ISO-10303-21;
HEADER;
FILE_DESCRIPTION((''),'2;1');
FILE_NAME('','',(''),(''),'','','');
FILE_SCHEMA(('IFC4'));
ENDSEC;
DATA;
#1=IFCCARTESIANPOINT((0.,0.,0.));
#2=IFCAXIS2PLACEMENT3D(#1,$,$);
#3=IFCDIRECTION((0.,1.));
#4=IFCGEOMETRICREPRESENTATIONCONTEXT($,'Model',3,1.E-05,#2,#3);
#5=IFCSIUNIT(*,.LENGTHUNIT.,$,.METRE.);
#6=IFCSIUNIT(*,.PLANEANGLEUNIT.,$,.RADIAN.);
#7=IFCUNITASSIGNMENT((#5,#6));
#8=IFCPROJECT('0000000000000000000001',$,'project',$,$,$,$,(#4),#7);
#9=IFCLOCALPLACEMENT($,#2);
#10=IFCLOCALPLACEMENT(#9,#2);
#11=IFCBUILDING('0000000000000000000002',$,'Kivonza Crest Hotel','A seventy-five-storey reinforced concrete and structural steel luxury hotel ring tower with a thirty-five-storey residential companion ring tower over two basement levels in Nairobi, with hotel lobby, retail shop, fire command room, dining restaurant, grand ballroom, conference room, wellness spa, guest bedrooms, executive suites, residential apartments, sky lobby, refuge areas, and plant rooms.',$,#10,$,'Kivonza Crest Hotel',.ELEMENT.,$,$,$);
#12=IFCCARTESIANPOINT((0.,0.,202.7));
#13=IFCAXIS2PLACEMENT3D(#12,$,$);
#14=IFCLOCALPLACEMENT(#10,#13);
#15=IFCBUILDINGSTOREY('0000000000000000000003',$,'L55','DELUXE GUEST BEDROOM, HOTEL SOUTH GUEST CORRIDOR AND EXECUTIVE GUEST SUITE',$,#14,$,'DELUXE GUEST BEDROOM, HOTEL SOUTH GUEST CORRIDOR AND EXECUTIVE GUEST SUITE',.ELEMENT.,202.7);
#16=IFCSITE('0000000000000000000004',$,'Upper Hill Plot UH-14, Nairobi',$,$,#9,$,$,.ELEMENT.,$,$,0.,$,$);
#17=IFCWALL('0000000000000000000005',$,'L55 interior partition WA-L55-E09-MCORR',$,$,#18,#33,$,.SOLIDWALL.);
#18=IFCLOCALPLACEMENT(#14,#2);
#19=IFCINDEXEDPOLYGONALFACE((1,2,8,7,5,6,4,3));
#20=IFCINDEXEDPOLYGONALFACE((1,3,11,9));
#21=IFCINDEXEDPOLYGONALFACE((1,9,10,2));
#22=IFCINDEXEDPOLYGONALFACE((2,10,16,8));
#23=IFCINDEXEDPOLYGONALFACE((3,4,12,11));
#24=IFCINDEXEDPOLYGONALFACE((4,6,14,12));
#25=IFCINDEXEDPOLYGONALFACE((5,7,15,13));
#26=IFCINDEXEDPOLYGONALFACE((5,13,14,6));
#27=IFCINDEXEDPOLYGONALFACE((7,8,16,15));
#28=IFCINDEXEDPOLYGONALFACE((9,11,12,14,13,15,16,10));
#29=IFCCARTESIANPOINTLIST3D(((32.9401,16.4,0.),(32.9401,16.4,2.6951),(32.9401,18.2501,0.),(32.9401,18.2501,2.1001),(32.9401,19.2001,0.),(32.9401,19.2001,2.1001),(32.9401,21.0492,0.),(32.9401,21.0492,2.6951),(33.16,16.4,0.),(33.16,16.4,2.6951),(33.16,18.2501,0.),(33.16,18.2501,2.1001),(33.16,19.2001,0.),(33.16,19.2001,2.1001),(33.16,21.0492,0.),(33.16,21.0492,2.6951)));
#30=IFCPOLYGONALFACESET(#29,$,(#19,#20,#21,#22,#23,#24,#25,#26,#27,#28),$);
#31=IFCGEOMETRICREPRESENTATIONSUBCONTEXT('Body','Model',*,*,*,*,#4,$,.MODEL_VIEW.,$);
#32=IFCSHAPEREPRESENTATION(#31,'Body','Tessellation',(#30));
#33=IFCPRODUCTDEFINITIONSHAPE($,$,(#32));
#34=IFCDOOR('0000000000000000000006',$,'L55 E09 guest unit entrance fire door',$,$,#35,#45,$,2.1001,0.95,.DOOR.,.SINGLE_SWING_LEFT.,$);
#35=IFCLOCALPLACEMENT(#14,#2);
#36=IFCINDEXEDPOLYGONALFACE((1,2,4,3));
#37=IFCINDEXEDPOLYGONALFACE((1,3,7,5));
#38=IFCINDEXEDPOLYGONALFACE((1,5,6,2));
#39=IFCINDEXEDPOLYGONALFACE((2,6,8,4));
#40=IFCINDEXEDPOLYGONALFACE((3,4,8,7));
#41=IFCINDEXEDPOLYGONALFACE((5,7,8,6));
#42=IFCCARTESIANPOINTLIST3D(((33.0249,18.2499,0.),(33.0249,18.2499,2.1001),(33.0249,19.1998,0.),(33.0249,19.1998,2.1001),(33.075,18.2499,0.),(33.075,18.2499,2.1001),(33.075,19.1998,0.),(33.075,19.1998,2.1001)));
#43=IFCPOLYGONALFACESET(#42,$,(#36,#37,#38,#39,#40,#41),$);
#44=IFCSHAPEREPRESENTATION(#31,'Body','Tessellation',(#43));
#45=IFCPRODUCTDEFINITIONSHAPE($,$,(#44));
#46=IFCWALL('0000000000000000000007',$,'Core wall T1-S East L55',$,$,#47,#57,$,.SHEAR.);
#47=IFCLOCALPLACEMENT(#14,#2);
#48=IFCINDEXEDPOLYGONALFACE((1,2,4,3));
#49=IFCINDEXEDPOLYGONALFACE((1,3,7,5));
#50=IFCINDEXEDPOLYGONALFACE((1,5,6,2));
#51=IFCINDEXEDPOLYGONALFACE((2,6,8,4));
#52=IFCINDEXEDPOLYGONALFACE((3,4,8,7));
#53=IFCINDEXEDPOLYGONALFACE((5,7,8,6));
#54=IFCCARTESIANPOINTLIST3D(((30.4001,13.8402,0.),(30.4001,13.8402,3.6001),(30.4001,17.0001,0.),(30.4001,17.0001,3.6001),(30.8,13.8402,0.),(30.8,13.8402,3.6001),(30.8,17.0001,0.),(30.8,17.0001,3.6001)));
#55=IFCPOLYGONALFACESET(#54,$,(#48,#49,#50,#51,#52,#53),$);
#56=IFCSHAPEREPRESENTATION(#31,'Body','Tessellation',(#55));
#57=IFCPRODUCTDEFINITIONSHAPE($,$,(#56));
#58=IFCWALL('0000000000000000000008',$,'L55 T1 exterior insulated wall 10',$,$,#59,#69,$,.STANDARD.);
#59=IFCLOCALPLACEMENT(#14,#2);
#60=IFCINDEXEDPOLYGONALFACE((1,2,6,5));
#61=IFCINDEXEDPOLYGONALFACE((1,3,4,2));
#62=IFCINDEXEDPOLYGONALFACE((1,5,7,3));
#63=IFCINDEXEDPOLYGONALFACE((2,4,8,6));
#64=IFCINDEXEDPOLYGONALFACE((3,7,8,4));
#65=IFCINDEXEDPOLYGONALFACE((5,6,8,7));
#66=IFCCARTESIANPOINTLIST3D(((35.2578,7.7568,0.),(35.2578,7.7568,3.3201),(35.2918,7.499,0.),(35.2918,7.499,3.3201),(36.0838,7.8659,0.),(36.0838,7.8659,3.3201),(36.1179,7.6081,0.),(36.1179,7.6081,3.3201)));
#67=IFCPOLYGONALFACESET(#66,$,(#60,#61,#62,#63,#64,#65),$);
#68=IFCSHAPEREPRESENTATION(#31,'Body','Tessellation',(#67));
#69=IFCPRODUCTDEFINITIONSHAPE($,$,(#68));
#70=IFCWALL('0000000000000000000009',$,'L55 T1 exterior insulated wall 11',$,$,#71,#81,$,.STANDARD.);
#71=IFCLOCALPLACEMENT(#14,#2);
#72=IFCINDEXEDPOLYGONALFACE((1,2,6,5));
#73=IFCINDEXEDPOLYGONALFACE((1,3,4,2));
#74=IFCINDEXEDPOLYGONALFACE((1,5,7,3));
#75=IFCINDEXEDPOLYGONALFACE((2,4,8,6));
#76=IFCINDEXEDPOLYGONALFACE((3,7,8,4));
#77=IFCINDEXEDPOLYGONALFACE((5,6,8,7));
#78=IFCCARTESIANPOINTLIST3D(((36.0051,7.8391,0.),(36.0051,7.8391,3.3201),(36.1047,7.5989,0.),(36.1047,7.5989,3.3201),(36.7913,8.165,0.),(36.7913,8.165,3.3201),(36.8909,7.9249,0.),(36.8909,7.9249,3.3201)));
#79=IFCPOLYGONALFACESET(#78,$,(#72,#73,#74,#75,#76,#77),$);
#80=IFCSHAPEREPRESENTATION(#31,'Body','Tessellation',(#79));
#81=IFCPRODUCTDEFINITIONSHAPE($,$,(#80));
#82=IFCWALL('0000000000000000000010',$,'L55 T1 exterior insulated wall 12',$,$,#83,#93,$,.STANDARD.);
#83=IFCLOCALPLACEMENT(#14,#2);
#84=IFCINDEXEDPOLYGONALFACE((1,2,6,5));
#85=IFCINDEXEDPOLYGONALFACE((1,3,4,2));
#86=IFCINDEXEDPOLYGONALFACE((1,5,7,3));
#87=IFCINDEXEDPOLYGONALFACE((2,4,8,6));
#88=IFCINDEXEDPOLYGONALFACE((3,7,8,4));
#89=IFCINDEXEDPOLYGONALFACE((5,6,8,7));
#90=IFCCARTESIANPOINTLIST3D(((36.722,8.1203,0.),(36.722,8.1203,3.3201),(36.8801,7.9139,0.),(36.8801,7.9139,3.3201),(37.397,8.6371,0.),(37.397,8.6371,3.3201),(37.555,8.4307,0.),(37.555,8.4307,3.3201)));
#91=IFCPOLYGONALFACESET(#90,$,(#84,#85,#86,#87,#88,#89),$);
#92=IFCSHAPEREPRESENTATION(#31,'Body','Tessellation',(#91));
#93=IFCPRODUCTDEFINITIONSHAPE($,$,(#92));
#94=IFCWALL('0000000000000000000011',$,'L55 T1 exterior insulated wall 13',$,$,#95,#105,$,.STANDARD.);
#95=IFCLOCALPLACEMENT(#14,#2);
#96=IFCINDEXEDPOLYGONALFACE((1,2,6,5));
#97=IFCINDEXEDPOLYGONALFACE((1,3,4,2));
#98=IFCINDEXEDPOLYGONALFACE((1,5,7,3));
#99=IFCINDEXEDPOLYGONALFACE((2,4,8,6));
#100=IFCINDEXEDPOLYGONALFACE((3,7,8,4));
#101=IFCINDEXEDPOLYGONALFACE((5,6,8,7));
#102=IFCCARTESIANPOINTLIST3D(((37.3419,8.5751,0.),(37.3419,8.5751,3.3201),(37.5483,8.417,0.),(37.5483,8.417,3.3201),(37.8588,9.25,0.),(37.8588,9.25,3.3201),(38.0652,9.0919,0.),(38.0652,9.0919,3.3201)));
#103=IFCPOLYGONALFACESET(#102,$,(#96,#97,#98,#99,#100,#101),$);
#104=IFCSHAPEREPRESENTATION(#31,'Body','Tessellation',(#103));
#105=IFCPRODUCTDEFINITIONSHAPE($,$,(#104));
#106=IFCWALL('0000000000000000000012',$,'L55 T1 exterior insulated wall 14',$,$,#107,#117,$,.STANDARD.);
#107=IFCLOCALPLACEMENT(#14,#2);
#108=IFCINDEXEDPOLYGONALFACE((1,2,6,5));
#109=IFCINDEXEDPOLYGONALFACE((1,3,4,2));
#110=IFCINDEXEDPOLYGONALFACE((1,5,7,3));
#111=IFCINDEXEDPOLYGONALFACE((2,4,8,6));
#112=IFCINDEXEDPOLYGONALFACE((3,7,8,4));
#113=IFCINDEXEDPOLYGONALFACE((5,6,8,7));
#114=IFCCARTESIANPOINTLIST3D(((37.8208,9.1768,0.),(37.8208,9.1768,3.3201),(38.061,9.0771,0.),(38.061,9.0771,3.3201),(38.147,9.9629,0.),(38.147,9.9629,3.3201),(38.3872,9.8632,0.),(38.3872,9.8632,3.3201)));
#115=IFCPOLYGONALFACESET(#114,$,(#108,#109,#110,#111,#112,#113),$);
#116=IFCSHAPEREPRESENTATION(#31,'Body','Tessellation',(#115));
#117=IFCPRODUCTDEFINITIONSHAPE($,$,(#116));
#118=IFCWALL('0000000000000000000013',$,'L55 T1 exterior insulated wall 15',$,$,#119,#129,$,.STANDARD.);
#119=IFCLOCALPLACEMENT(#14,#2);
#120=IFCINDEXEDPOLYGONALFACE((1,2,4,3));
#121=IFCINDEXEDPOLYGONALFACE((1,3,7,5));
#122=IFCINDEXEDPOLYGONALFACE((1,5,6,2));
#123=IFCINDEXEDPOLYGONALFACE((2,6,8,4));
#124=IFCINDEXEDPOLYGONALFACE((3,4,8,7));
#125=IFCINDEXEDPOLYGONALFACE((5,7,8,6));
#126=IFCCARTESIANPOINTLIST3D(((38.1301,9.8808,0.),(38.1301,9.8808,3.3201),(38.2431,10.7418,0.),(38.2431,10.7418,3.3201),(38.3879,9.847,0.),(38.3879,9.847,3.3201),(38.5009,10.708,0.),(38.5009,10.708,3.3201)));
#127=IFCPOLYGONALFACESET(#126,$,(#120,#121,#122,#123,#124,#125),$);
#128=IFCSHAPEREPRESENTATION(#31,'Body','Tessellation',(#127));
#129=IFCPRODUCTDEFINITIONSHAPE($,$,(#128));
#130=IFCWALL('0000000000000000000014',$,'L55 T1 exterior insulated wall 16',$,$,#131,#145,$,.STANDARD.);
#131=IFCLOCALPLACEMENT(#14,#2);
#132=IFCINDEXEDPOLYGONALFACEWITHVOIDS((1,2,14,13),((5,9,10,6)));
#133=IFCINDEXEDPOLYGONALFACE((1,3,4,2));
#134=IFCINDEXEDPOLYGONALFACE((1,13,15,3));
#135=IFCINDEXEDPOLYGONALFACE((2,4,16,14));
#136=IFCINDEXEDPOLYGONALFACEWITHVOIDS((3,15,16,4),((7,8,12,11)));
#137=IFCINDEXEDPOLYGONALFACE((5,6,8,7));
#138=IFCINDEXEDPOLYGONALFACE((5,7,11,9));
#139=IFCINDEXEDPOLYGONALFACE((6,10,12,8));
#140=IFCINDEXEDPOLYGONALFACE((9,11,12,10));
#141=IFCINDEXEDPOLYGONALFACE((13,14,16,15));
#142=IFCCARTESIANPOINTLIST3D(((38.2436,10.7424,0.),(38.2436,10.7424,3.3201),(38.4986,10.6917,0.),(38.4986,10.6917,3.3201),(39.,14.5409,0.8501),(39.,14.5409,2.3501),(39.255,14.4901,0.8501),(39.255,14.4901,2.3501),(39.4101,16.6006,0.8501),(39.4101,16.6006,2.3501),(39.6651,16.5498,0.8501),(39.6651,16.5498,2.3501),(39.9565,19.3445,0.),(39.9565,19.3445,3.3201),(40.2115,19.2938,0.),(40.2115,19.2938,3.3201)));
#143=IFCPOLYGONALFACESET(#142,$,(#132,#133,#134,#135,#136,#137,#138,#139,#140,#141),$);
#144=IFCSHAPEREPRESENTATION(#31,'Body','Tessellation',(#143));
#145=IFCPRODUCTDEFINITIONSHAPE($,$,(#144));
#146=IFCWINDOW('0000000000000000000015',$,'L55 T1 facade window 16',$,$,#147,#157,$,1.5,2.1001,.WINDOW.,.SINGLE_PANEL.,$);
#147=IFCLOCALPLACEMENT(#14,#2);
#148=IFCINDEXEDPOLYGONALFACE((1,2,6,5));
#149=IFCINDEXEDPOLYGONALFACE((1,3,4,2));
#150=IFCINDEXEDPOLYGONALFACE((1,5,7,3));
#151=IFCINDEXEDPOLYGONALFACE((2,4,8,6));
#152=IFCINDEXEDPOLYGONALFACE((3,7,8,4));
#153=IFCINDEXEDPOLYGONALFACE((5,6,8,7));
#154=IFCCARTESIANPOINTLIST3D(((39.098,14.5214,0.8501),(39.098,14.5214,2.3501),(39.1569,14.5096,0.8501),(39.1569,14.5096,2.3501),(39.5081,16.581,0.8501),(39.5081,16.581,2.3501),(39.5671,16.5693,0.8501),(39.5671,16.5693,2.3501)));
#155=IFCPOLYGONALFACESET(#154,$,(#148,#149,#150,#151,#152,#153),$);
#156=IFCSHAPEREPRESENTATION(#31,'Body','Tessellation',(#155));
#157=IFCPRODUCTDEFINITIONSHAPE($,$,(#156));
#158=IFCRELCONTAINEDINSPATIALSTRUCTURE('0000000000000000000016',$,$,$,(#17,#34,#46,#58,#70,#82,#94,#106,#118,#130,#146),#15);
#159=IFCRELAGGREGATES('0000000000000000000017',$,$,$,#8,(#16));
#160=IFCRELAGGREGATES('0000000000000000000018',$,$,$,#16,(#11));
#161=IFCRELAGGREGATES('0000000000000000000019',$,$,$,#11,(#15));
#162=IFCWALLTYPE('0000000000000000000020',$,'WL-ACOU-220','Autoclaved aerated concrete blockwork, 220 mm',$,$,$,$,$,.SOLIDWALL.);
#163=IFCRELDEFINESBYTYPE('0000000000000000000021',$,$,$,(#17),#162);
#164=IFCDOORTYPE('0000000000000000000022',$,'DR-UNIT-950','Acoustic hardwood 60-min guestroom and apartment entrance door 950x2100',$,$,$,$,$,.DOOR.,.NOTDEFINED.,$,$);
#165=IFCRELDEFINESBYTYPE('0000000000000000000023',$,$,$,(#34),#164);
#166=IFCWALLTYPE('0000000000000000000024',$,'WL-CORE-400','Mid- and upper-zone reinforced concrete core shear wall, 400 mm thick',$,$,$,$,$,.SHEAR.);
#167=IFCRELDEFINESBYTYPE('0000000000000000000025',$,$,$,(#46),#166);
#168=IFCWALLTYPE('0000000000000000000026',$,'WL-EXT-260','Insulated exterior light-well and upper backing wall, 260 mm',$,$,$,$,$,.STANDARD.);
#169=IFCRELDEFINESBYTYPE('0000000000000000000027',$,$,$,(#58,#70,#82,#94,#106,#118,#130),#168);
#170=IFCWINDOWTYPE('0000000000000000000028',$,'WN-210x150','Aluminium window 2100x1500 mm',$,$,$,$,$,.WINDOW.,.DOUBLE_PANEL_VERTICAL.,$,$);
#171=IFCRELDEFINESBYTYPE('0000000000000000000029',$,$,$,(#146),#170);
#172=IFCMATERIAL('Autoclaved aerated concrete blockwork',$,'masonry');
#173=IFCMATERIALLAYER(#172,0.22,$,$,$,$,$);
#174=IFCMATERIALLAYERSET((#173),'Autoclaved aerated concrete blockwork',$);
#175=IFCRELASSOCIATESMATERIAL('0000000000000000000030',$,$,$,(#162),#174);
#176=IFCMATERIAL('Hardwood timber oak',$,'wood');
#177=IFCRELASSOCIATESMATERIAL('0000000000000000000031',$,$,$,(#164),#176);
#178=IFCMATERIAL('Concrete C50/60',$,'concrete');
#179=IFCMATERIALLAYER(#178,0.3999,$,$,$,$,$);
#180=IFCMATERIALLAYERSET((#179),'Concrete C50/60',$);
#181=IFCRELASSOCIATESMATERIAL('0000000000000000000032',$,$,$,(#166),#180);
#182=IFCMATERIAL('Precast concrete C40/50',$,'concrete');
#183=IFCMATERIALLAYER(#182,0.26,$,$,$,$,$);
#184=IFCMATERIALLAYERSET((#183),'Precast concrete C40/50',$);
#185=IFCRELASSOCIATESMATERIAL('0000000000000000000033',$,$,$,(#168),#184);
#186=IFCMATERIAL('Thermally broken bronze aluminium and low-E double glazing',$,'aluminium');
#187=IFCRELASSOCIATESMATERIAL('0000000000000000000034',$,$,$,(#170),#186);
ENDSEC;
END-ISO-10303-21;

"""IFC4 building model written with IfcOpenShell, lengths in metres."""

from ifc_helpers import new_model, si_unit, direction, frame, frame_2d, origin, place, context, subcontext, project, spatial, rectangle, extrude, material, layer, layer_set, type_object, element, fill, save


model = new_model("IFC4")

# Units and contexts
model_context = context("Model", 3, precision=1e-05, world=origin(), true_north=direction((0.0, 1.0)))
body_context = subcontext(model_context, "Body", "Model", "MODEL_VIEW")
ifc_project = project(units=[si_unit("LENGTHUNIT", "METRE"), si_unit("PLANEANGLEUNIT", "RADIAN")], contexts=[model_context])

# Site, building, storey
site_placement = place(None, origin())
site = spatial("IfcSite", under=ifc_project, at=site_placement, Name="Upper Hill Plot UH-14, Nairobi", CompositionType="ELEMENT", RefElevation=0.0)
building_placement = place(site_placement, origin())
building = spatial("IfcBuilding", under=site, at=building_placement, Name="Kivonza Crest Hotel", Description="A seventy-five-storey reinforced concrete and structural steel luxury hotel ring tower with a thirty-five-storey residential companion ring tower over two basement levels in Nairobi, with hotel lobby, retail shop, fire command room, dining restaurant, grand ballroom, conference room, wellness spa, guest bedrooms, executive suites, residential apartments, sky lobby, refuge areas, and plant rooms.", LongName="Kivonza Crest Hotel", CompositionType="ELEMENT")
storey_placement = place(building_placement, frame((0.0, 0.0, 202.7)))
storey = spatial("IfcBuildingStorey", under=building, at=storey_placement, Name="L55", Description="DELUXE GUEST BEDROOM, HOTEL SOUTH GUEST CORRIDOR AND EXECUTIVE GUEST SUITE", LongName="DELUXE GUEST BEDROOM, HOTEL SOUTH GUEST CORRIDOR AND EXECUTIVE GUEST SUITE", CompositionType="ELEMENT", Elevation=202.7)

# Shared definitions
ifc_material_1 = material(Name="Concrete C50/60", Category="concrete")

# Shared definitions
ifc_material_2 = material(Name="Autoclaved aerated concrete blockwork", Category="masonry")
ifc_layer_1 = layer(ifc_material_2, 0.22)
ifc_layer_set_1 = layer_set([ifc_layer_1], Name="Autoclaved aerated concrete blockwork")
wall_type_1 = type_object("IfcWallType", Name="WL-ACOU-220", Description="Autoclaved aerated concrete blockwork, 220 mm", PredefinedType="SOLIDWALL", material=ifc_layer_set_1)
ifc_material_3 = material(Name="Hardwood timber oak", Category="wood")

# Wall, opening, door
wall_1_placement = place(storey_placement, frame((33.05, 16.3999, 0.0), z_axis=(0.0, 0.0, 1.0), x_axis=(0.0, 1.0, 0.0)))
wall_1 = element("IfcWall", 1, at=wall_1_placement, inside=storey, type_object=wall_type_1, Name="L55 interior partition WA-L55-E09-MCORR", PredefinedType="SOLIDWALL", context=body_context, shape_type="SweptSolid", body=[
    extrude(rectangle(XDim=4.6492, YDim=0.22, at=frame_2d((2.3247, 0.0))), origin(), (0.0, 0.0, 1.0), 2.6951),
])
opening_1_placement = place(wall_1_placement, frame((1.8501, 0.0, 0.0)))
opening_1 = element("IfcOpeningElement", 2, at=opening_1_placement, cuts=wall_1, PredefinedType="OPENING", context=body_context, shape_type="SweptSolid", body=[
    extrude(rectangle(XDim=0.95, YDim=2.1001, at=frame_2d((0.4751, 1.05))), frame((0.0, 0.1201, 0.0), z_axis=(0.0, -1.0, 0.0), x_axis=(1.0, 0.0, 0.0)), (0.0, 0.0, 1.0), 0.24),
])
door_type_1 = type_object("IfcDoorType", Name="DR-UNIT-950", Description="Acoustic hardwood 60-min guestroom and apartment entrance door 950x2100", OperationType="NOTDEFINED", PredefinedType="DOOR", material=ifc_material_3)
door_1_placement = place(opening_1_placement, frame((0.95, 0.0, 0.0), z_axis=(0.0, 0.0, 1.0), x_axis=(-1.0, 0.0, 0.0)))
door_1 = element("IfcDoor", 3, at=door_1_placement, inside=storey, type_object=door_type_1, Name="L55 E09 guest unit entrance fire door", OperationType="SINGLE_SWING_LEFT", OverallHeight=2.1001, OverallWidth=0.95, PredefinedType="DOOR", context=body_context, shape_type="SweptSolid", body=[
    extrude(rectangle(XDim=0.95, YDim=2.1001, at=frame_2d((0.4751, 1.05))), frame((0.0, 0.0249, 0.0), z_axis=(0.0, -1.0, 0.0), x_axis=(1.0, 0.0, 0.0)), (0.0, 0.0, 1.0), 0.05),
])
fill(opening_1, door_1)

# Walls
ifc_layer_2 = layer(ifc_material_1, 0.3999)
ifc_layer_set_2 = layer_set([ifc_layer_2], Name="Concrete C50/60")
wall_type_2 = type_object("IfcWallType", Name="WL-CORE-400", Description="Mid- and upper-zone reinforced concrete core shear wall, 400 mm thick", PredefinedType="SHEAR", material=ifc_layer_set_2)
wall_2_placement = place(storey_placement, frame((30.6001, 13.8401, 0.0), z_axis=(0.0, 0.0, 1.0), x_axis=(0.0, 1.0, 0.0)))
element("IfcWall", 4, at=wall_2_placement, inside=storey, type_object=wall_type_2, Name="Core wall T1-S East L55", PredefinedType="SHEAR", context=body_context, shape_type="SweptSolid", body=[
    extrude(rectangle(XDim=3.1599, YDim=0.3999, at=frame_2d((1.5801, 0.0))), origin(), (0.0, 0.0, 1.0), 3.6001),
])
ifc_material_4 = material(Name="Precast concrete C40/50", Category="concrete")
ifc_layer_3 = layer(ifc_material_4, 0.26)
ifc_layer_set_3 = layer_set([ifc_layer_3], Name="Precast concrete C40/50")
wall_type_3 = type_object("IfcWallType", Name="WL-EXT-260", Description="Insulated exterior light-well and upper backing wall, 260 mm", PredefinedType="STANDARD", material=ifc_layer_set_3)
wall_3_placement = place(storey_placement, frame((35.2749, 7.6279, 0.0), z_axis=(0.0, 0.0, 1.0), x_axis=(0.991388, 0.130955, 0.0)))
element("IfcWall", 5, at=wall_3_placement, inside=storey, type_object=wall_type_3, Name="L55 T1 exterior insulated wall 10", PredefinedType="STANDARD", context=body_context, shape_type="SweptSolid", body=[
    extrude(rectangle(XDim=0.8333, YDim=0.26, at=frame_2d((0.4165, 0.0))), origin(), (0.0, 0.0, 1.0), 3.3201),
])
wall_4_placement = place(storey_placement, frame((36.0549, 7.719, 0.0), z_axis=(0.0, 0.0, 1.0), x_axis=(0.923754, 0.382985, 0.0)))
element("IfcWall", 6, at=wall_4_placement, inside=storey, type_object=wall_type_3, Name="L55 T1 exterior insulated wall 11", PredefinedType="STANDARD", context=body_context, shape_type="SweptSolid", body=[
    extrude(rectangle(XDim=0.8511, YDim=0.26, at=frame_2d((0.4255, 0.0))), origin(), (0.0, 0.0, 1.0), 3.3201),
])
for number, where, z_axis, x_axis, name in (
    (7, (36.801, 8.0171, 0.0), (0.0, 0.0, 1.0), (0.793999, 0.607919, 0.0), "L55 T1 exterior insulated wall 12"),
    (8, (37.4451, 8.4961, 0.0), (0.0, 0.0, 1.0), (0.608058, 0.793893, 0.0), "L55 T1 exterior insulated wall 13"),
):
    element("IfcWall", number, at=place(storey_placement, frame(where, z_axis=z_axis, x_axis=x_axis)), inside=storey, type_object=wall_type_3, Name=name, PredefinedType="STANDARD", context=body_context, shape_type="SweptSolid", body=[
        extrude(rectangle(XDim=0.8501, YDim=0.26, at=frame_2d((0.425, 0.0))), origin(), (0.0, 0.0, 1.0), 3.3201),
    ])
wall_5_placement = place(storey_placement, frame((37.9409, 9.127, 0.0), z_axis=(0.0, 0.0, 1.0), x_axis=(0.38323, 0.923653, 0.0)))
element("IfcWall", 9, at=wall_5_placement, inside=storey, type_object=wall_type_3, Name="L55 T1 exterior insulated wall 14", PredefinedType="STANDARD", context=body_context, shape_type="SweptSolid", body=[
    extrude(rectangle(XDim=0.8511, YDim=0.26, at=frame_2d((0.4255, 0.0))), origin(), (0.0, 0.0, 1.0), 3.3201),
])
wall_6_placement = place(storey_placement, frame((38.259, 9.864, 0.0), z_axis=(0.0, 0.0, 1.0), x_axis=(0.130156, 0.991493, 0.0)))
element("IfcWall", 10, at=wall_6_placement, inside=storey, type_object=wall_type_3, Name="L55 T1 exterior insulated wall 15", PredefinedType="STANDARD", context=body_context, shape_type="SweptSolid", body=[
    extrude(rectangle(XDim=0.8684, YDim=0.26, at=frame_2d((0.4341, 0.0))), origin(), (0.0, 0.0, 1.0), 3.3201),
])

# Wall, opening, window
wall_7_placement = place(storey_placement, frame((38.3711, 10.717, 0.0), z_axis=(0.0, 0.0, 1.0), x_axis=(0.195292, 0.980745, 0.0)))
wall_7 = element("IfcWall", 11, at=wall_7_placement, inside=storey, type_object=wall_type_3, Name="L55 T1 exterior insulated wall 16", PredefinedType="STANDARD", context=body_context, shape_type="SweptSolid", body=[
    extrude(rectangle(XDim=8.771, YDim=0.26, at=frame_2d((4.3855, 0.0))), origin(), (0.0, 0.0, 1.0), 3.3201),
])
opening_2_placement = place(wall_7_placement, frame((3.873, 0.0, 0.8501)))
opening_2 = element("IfcOpeningElement", 12, at=opening_2_placement, cuts=wall_7, PredefinedType="OPENING", context=body_context, shape_type="SweptSolid", body=[
    extrude(rectangle(XDim=2.1001, YDim=1.5, at=frame_2d((1.05, 0.75))), frame((0.0, 0.1401, 0.0), z_axis=(0.0, -1.0, 0.0), x_axis=(1.0, 0.0, 0.0)), (0.0, 0.0, 1.0), 0.28),
])
ifc_material_5 = material(Name="Thermally broken bronze aluminium and low-E double glazing", Category="aluminium")
window_type = type_object("IfcWindowType", Name="WN-210x150", Description="Aluminium window 2100x1500 mm", PartitioningType="DOUBLE_PANEL_VERTICAL", PredefinedType="WINDOW", material=ifc_material_5)
window_placement = place(opening_2_placement, origin())
window = element("IfcWindow", 13, at=window_placement, inside=storey, type_object=window_type, Name="L55 T1 facade window 16", OverallHeight=1.5, OverallWidth=2.1001, PartitioningType="SINGLE_PANEL", PredefinedType="WINDOW", context=body_context, shape_type="SweptSolid", body=[
    extrude(rectangle(XDim=2.1001, YDim=1.5, at=frame_2d((1.05, 0.75))), frame((0.0, 0.03, 0.0), z_axis=(0.0, -1.0, 0.0), x_axis=(1.0, 0.0, 0.0)), (0.0, 0.0, 1.0), 0.0601),
])
fill(opening_2, window)

save(model, "model.ifc")
